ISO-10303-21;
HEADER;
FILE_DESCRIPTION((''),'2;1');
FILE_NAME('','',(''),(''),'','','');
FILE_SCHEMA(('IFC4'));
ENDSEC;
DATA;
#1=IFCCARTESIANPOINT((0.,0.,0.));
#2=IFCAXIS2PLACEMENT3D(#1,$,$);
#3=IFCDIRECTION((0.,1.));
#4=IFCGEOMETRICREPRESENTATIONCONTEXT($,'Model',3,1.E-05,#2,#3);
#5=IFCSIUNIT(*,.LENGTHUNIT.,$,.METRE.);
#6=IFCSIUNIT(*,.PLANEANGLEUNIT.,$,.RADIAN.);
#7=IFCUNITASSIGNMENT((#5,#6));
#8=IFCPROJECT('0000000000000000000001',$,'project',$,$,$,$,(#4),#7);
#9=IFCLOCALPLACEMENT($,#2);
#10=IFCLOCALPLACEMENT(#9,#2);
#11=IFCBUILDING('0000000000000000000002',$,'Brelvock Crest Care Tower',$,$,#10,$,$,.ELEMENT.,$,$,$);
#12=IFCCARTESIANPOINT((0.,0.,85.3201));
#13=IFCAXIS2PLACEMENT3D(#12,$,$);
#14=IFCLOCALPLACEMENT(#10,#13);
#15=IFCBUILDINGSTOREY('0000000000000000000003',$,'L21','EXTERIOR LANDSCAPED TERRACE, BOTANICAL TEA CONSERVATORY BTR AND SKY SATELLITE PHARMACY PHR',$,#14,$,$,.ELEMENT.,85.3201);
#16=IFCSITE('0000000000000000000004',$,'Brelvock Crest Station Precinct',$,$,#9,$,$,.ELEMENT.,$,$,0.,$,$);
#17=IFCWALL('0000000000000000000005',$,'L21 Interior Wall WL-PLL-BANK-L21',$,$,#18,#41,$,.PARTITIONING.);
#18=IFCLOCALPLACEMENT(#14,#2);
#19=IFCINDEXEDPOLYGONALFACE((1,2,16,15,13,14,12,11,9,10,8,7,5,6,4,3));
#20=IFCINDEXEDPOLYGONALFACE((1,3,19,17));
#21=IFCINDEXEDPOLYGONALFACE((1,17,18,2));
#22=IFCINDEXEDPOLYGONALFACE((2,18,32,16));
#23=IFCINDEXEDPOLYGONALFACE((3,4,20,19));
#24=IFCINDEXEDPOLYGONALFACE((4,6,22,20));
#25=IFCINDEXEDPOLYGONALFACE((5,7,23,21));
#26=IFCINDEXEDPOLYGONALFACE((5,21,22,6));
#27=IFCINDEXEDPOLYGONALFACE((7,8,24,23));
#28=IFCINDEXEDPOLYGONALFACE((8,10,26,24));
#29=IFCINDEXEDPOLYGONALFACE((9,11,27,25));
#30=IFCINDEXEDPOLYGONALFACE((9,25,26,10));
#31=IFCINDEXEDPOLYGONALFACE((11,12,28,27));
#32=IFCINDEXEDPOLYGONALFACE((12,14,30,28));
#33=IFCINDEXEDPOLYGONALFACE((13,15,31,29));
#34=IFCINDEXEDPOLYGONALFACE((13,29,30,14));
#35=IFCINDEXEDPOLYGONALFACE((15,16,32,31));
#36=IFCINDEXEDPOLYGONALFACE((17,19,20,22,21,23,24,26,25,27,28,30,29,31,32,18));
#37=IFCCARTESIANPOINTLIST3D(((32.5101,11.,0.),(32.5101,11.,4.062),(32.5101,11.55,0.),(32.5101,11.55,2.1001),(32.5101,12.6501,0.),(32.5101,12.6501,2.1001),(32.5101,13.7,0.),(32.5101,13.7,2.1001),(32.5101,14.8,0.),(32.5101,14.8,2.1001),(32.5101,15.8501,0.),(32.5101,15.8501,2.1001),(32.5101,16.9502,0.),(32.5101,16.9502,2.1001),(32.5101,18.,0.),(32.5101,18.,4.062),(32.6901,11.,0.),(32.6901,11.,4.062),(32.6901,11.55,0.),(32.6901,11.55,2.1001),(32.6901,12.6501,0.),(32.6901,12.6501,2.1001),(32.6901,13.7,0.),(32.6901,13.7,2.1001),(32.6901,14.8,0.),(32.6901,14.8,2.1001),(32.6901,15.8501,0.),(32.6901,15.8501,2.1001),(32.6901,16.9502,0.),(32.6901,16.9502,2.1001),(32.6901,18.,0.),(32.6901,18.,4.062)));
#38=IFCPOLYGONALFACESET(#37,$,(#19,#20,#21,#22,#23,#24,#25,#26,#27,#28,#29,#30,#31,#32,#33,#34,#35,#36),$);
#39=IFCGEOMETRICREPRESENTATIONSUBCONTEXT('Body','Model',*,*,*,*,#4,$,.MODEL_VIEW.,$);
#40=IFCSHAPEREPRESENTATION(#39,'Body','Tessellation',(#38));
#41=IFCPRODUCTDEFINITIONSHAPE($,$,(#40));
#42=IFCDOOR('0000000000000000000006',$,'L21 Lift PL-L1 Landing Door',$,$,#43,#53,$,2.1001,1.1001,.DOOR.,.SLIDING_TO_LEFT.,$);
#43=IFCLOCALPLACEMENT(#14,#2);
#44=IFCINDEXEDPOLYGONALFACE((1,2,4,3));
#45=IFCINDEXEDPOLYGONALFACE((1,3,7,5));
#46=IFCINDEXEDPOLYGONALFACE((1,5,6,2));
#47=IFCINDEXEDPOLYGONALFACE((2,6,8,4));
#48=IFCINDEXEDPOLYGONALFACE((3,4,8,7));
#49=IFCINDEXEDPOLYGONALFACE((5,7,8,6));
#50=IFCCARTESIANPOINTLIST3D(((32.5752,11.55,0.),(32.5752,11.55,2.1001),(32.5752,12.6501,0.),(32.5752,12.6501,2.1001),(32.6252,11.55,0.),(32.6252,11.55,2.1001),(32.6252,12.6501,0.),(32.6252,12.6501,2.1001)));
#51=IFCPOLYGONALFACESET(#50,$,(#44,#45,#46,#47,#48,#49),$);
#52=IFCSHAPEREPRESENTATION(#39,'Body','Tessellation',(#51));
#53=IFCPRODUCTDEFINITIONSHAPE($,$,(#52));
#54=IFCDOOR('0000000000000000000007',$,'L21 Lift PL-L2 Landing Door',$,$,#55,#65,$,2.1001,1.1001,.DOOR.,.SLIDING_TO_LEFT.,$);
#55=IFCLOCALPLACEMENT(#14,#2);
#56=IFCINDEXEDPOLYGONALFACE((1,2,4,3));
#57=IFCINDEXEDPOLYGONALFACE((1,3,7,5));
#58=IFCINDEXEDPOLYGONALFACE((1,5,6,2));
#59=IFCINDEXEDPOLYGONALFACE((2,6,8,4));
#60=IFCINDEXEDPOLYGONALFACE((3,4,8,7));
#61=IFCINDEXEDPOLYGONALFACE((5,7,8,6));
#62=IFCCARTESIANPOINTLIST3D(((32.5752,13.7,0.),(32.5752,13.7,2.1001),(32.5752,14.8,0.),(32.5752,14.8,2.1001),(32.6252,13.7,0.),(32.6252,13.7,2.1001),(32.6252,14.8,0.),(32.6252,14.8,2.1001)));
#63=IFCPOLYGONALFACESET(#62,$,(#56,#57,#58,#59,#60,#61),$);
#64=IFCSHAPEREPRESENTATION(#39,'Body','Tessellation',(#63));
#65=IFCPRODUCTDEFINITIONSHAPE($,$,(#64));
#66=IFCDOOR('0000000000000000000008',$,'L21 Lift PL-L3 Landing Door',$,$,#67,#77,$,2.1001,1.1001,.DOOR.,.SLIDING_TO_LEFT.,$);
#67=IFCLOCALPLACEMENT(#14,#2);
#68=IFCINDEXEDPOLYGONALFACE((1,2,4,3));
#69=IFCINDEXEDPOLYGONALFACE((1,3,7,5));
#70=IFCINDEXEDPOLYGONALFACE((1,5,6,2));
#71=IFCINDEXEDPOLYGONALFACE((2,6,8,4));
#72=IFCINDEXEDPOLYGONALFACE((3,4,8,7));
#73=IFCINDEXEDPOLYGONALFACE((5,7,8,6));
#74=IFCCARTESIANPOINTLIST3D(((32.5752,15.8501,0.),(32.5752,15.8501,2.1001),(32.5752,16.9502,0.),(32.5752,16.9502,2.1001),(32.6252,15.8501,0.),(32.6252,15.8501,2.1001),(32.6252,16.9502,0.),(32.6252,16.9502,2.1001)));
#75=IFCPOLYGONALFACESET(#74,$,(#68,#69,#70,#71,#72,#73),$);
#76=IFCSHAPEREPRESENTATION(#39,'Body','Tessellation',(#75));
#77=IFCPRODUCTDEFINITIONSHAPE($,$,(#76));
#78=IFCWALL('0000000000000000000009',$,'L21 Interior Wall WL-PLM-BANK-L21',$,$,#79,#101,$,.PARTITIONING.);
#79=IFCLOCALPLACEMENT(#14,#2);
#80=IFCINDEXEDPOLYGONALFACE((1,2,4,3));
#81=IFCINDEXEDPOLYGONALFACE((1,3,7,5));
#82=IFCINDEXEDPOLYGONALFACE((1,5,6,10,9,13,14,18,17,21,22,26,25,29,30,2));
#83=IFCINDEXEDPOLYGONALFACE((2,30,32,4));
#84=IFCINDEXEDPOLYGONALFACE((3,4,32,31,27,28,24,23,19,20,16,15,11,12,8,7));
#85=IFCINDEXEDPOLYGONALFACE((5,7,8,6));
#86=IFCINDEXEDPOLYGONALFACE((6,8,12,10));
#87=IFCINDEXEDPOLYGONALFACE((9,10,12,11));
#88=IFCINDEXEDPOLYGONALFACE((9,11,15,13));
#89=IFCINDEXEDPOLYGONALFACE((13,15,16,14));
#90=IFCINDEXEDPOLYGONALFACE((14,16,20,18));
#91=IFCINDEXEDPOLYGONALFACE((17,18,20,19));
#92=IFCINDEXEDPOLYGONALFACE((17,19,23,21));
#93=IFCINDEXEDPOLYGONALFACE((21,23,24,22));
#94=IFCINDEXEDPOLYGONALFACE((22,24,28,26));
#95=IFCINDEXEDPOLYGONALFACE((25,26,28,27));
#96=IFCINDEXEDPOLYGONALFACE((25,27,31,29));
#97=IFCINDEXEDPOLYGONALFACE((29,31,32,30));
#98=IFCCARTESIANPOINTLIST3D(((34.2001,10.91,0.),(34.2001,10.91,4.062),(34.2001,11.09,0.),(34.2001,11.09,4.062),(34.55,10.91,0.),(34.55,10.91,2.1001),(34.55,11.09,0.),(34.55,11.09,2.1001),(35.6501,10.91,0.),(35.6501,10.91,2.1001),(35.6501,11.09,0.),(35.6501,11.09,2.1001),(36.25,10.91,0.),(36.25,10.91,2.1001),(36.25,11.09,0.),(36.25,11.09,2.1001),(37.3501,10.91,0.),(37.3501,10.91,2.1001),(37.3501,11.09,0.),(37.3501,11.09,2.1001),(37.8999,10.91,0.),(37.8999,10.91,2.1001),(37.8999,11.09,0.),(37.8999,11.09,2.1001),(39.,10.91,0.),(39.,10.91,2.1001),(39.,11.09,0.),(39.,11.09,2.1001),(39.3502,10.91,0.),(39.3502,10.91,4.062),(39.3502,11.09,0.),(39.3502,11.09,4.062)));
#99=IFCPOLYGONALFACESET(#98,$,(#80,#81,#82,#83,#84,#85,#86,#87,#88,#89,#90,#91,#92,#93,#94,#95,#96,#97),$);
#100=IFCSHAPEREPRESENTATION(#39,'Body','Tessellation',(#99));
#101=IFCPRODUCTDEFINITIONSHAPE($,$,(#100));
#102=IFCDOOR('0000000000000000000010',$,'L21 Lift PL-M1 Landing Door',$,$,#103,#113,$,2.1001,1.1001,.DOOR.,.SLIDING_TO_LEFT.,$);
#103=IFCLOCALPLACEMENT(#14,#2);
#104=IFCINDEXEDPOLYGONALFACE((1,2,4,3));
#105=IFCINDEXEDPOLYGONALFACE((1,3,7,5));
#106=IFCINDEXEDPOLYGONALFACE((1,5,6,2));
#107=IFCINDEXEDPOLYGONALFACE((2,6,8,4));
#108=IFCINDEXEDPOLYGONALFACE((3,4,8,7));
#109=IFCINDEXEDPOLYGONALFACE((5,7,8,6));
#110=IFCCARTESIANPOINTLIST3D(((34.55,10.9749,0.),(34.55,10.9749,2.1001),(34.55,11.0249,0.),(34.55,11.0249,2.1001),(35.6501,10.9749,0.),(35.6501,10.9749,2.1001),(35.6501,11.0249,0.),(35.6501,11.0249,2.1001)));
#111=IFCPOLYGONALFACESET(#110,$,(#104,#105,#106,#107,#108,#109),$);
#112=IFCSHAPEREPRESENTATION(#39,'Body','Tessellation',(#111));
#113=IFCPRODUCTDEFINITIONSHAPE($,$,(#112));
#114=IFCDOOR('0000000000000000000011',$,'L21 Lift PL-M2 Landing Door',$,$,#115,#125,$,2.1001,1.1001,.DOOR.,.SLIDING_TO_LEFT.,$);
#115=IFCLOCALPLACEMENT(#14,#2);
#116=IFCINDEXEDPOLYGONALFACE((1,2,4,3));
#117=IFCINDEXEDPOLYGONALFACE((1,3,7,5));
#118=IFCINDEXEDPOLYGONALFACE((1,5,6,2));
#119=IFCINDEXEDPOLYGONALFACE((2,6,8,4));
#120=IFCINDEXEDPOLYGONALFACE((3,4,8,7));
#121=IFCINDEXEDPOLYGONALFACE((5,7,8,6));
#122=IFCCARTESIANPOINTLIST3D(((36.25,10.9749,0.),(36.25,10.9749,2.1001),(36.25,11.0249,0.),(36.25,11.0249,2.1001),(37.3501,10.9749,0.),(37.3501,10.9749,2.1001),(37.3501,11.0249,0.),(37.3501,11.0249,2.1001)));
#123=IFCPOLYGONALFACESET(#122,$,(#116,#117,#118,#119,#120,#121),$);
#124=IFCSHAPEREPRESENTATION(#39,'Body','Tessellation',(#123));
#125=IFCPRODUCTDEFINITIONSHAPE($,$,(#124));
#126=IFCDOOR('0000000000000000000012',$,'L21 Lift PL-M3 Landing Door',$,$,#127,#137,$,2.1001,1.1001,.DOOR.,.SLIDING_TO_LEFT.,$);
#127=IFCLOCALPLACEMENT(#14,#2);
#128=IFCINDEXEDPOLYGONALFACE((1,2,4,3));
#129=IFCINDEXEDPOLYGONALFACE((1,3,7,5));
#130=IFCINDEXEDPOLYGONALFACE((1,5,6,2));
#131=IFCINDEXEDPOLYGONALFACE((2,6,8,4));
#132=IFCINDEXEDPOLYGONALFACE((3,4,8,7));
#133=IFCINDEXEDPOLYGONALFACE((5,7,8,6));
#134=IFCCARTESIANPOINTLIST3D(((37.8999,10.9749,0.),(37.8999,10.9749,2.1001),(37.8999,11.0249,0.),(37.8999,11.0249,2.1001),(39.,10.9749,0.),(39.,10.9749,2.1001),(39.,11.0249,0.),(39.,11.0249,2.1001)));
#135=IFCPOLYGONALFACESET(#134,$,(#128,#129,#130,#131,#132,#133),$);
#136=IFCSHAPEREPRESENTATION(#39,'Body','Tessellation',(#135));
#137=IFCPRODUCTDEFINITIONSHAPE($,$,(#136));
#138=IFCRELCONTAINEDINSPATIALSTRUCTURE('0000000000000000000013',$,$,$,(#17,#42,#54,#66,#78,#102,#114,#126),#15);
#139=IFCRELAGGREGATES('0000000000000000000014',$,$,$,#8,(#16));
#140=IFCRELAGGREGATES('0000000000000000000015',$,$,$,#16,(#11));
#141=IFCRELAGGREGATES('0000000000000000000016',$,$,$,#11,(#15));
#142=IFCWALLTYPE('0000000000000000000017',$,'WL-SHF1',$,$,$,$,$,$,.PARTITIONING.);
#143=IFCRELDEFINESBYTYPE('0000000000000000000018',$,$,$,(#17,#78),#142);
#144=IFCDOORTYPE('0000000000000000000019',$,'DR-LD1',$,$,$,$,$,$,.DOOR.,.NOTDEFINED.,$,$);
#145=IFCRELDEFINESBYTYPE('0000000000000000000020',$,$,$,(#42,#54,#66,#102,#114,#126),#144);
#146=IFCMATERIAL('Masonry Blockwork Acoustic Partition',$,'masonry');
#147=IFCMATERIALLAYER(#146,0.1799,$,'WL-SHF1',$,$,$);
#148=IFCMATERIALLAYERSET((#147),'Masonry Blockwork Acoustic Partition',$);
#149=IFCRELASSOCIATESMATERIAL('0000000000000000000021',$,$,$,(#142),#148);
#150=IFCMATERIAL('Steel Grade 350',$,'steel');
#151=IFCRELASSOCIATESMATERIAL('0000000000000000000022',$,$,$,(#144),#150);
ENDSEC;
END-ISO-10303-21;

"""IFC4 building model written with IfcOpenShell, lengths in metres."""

from ifc_helpers import new_model, si_unit, direction, frame, frame_2d, origin, origin_2d, place, context, subcontext, project, spatial, rectangle, extrude, source, transform, mapped, material, layer, layer_set, type_object, element, fill, save


model = new_model("IFC4")

# Units and contexts
model_context = context("Model", 3, precision=1e-05, world=origin(), true_north=direction((0.0, 1.0)))
body_context = subcontext(model_context, "Body", "Model", "MODEL_VIEW")
ifc_project = project(units=[si_unit("LENGTHUNIT", "METRE"), si_unit("PLANEANGLEUNIT", "RADIAN")], contexts=[model_context])

# Site, building, storey
site_placement = place(None, origin())
site = spatial("IfcSite", under=ifc_project, at=site_placement, Name="Brelvock Crest Station Precinct", CompositionType="ELEMENT", RefElevation=0.0)
building_placement = place(site_placement, origin())
building = spatial("IfcBuilding", under=site, at=building_placement, Name="Brelvock Crest Care Tower", CompositionType="ELEMENT")
storey_placement = place(building_placement, frame((0.0, 0.0, 85.3201)))
storey = spatial("IfcBuildingStorey", under=building, at=storey_placement, Name="L21", Description="EXTERIOR LANDSCAPED TERRACE, BOTANICAL TEA CONSERVATORY BTR AND SKY SATELLITE PHARMACY PHR", CompositionType="ELEMENT", Elevation=85.3201)

# Shared definitions
ifc_material_1 = material(Name="Steel Grade 350", Category="steel")

# Shared definitions
ifc_material_2 = material(Name="Masonry Blockwork Acoustic Partition", Category="masonry")

# Shared definitions
ifc_layer_1 = layer(ifc_material_2, 0.1799, Name="WL-SHF1")
ifc_layer_set_1 = layer_set([ifc_layer_1], Name="Masonry Blockwork Acoustic Partition")
wall_type_1 = type_object("IfcWallType", Name="WL-SHF1", PredefinedType="PARTITIONING", material=ifc_layer_set_1)

# Shared definitions
door_type_1 = type_object("IfcDoorType", Name="DR-LD1", OperationType="NOTDEFINED", PredefinedType="DOOR", material=ifc_material_1)
shared_shape_1 = source(origin(), body_context, "Body", "SweptSolid", [
    extrude(rectangle(XDim=1.1001, YDim=2.1001, at=origin_2d()), frame((0.55, 0.0249, 1.05), z_axis=(0.0, -1.0, 0.0), x_axis=(1.0, 0.0, 0.0)), (0.0, 0.0, 1.0), 0.05),
])

# Walls, openings, doors
wall_1_placement = place(storey_placement, frame((32.6001, 11.0, 0.0), z_axis=(0.0, 0.0, 1.0), x_axis=(0.0, 1.0, 0.0)))
wall_1 = element("IfcWall", 1, at=wall_1_placement, inside=storey, type_object=wall_type_1, Name="L21 Interior Wall WL-PLL-BANK-L21", PredefinedType="PARTITIONING", context=body_context, shape_type="SweptSolid", body=[
    extrude(rectangle(XDim=7.0, YDim=0.1799, at=frame_2d((3.5, 0.0))), origin(), (0.0, 0.0, 1.0), 4.062),
])
opening_1_placement = place(wall_1_placement, frame((0.55, 0.0, 0.0)))
opening_1 = element("IfcOpeningElement", 2, at=opening_1_placement, cuts=wall_1, PredefinedType="OPENING", context=body_context, shape_type="SweptSolid", body=[
    extrude(rectangle(XDim=1.1001, YDim=2.1001, at=origin_2d()), frame((0.55, 0.1001, 1.05), z_axis=(0.0, -1.0, 0.0), x_axis=(1.0, 0.0, 0.0)), (0.0, 0.0, 1.0), 0.2),
])
opening_2_placement = place(wall_1_placement, frame((2.7, 0.0, 0.0)))
opening_2 = element("IfcOpeningElement", 3, at=opening_2_placement, cuts=wall_1, PredefinedType="OPENING", context=body_context, shape_type="SweptSolid", body=[
    extrude(rectangle(XDim=1.1001, YDim=2.1001, at=origin_2d()), frame((0.55, 0.1001, 1.05), z_axis=(0.0, -1.0, 0.0), x_axis=(1.0, 0.0, 0.0)), (0.0, 0.0, 1.0), 0.2),
])
opening_3_placement = place(wall_1_placement, frame((4.8501, 0.0, 0.0)))
opening_3 = element("IfcOpeningElement", 4, at=opening_3_placement, cuts=wall_1, PredefinedType="OPENING", context=body_context, shape_type="SweptSolid", body=[
    extrude(rectangle(XDim=1.1001, YDim=2.1001, at=origin_2d()), frame((0.55, 0.1001, 1.05), z_axis=(0.0, -1.0, 0.0), x_axis=(1.0, 0.0, 0.0)), (0.0, 0.0, 1.0), 0.2),
])
door_1_placement = place(opening_1_placement, origin())
door_1 = element("IfcDoor", 5, at=door_1_placement, inside=storey, type_object=door_type_1, Name="L21 Lift PL-L1 Landing Door", OperationType="SLIDING_TO_LEFT", OverallHeight=2.1001, OverallWidth=1.1001, PredefinedType="DOOR", context=body_context, shape_type="MappedRepresentation", body=[
    mapped(shared_shape_1, transform((0.0, 0.0, 0.0), x_axis=(1.0, 0.0, 0.0), y_axis=(0.0, 1.0, 0.0), z_axis=(0.0, 0.0, 1.0), scale=1.0)),
])
fill(opening_1, door_1)
door_2_placement = place(opening_2_placement, origin())
door_2 = element("IfcDoor", 6, at=door_2_placement, inside=storey, type_object=door_type_1, Name="L21 Lift PL-L2 Landing Door", OperationType="SLIDING_TO_LEFT", OverallHeight=2.1001, OverallWidth=1.1001, PredefinedType="DOOR", context=body_context, shape_type="MappedRepresentation", body=[
    mapped(shared_shape_1, transform((0.0, 0.0, 0.0), x_axis=(1.0, 0.0, 0.0), y_axis=(0.0, 1.0, 0.0), z_axis=(0.0, 0.0, 1.0), scale=1.0)),
])
fill(opening_2, door_2)
door_3_placement = place(opening_3_placement, origin())
door_3 = element("IfcDoor", 7, at=door_3_placement, inside=storey, type_object=door_type_1, Name="L21 Lift PL-L3 Landing Door", OperationType="SLIDING_TO_LEFT", OverallHeight=2.1001, OverallWidth=1.1001, PredefinedType="DOOR", context=body_context, shape_type="MappedRepresentation", body=[
    mapped(shared_shape_1, transform((0.0, 0.0, 0.0), x_axis=(1.0, 0.0, 0.0), y_axis=(0.0, 1.0, 0.0), z_axis=(0.0, 0.0, 1.0), scale=1.0)),
])
fill(opening_3, door_3)
wall_2_placement = place(storey_placement, frame((34.2, 11.0, 0.0), z_axis=(0.0, 0.0, 1.0), x_axis=(1.0, 0.0, 0.0)))
wall_2 = element("IfcWall", 8, at=wall_2_placement, inside=storey, type_object=wall_type_1, Name="L21 Interior Wall WL-PLM-BANK-L21", PredefinedType="PARTITIONING", context=body_context, shape_type="SweptSolid", body=[
    extrude(rectangle(XDim=5.1501, YDim=0.1799, at=frame_2d((2.5752, 0.0))), origin(), (0.0, 0.0, 1.0), 4.062),
])
opening_4_placement = place(wall_2_placement, frame((0.3501, 0.0, 0.0)))
opening_4 = element("IfcOpeningElement", 9, at=opening_4_placement, cuts=wall_2, PredefinedType="OPENING", context=body_context, shape_type="SweptSolid", body=[
    extrude(rectangle(XDim=1.1001, YDim=2.1001, at=origin_2d()), frame((0.55, 0.1001, 1.05), z_axis=(0.0, -1.0, 0.0), x_axis=(1.0, 0.0, 0.0)), (0.0, 0.0, 1.0), 0.2),
])
opening_5_placement = place(wall_2_placement, frame((2.05, 0.0, 0.0)))
opening_5 = element("IfcOpeningElement", 10, at=opening_5_placement, cuts=wall_2, PredefinedType="OPENING", context=body_context, shape_type="SweptSolid", body=[
    extrude(rectangle(XDim=1.1001, YDim=2.1001, at=origin_2d()), frame((0.55, 0.1001, 1.05), z_axis=(0.0, -1.0, 0.0), x_axis=(1.0, 0.0, 0.0)), (0.0, 0.0, 1.0), 0.2),
])
opening_6_placement = place(wall_2_placement, frame((3.7, 0.0, 0.0)))
opening_6 = element("IfcOpeningElement", 11, at=opening_6_placement, cuts=wall_2, PredefinedType="OPENING", context=body_context, shape_type="SweptSolid", body=[
    extrude(rectangle(XDim=1.1001, YDim=2.1001, at=origin_2d()), frame((0.55, 0.1001, 1.05), z_axis=(0.0, -1.0, 0.0), x_axis=(1.0, 0.0, 0.0)), (0.0, 0.0, 1.0), 0.2),
])
door_4_placement = place(opening_4_placement, origin())
door_4 = element("IfcDoor", 12, at=door_4_placement, inside=storey, type_object=door_type_1, Name="L21 Lift PL-M1 Landing Door", OperationType="SLIDING_TO_LEFT", OverallHeight=2.1001, OverallWidth=1.1001, PredefinedType="DOOR", context=body_context, shape_type="MappedRepresentation", body=[
    mapped(shared_shape_1, transform((0.0, 0.0, 0.0), x_axis=(1.0, 0.0, 0.0), y_axis=(0.0, 1.0, 0.0), z_axis=(0.0, 0.0, 1.0), scale=1.0)),
])
fill(opening_4, door_4)
door_5_placement = place(opening_5_placement, origin())
door_5 = element("IfcDoor", 13, at=door_5_placement, inside=storey, type_object=door_type_1, Name="L21 Lift PL-M2 Landing Door", OperationType="SLIDING_TO_LEFT", OverallHeight=2.1001, OverallWidth=1.1001, PredefinedType="DOOR", context=body_context, shape_type="MappedRepresentation", body=[
    mapped(shared_shape_1, transform((0.0, 0.0, 0.0), x_axis=(1.0, 0.0, 0.0), y_axis=(0.0, 1.0, 0.0), z_axis=(0.0, 0.0, 1.0), scale=1.0)),
])
fill(opening_5, door_5)
door_6_placement = place(opening_6_placement, origin())
door_6 = element("IfcDoor", 14, at=door_6_placement, inside=storey, type_object=door_type_1, Name="L21 Lift PL-M3 Landing Door", OperationType="SLIDING_TO_LEFT", OverallHeight=2.1001, OverallWidth=1.1001, PredefinedType="DOOR", context=body_context, shape_type="MappedRepresentation", body=[
    mapped(shared_shape_1, transform((0.0, 0.0, 0.0), x_axis=(1.0, 0.0, 0.0), y_axis=(0.0, 1.0, 0.0), z_axis=(0.0, 0.0, 1.0), scale=1.0)),
])
fill(opening_6, door_6)

save(model, "model.ifc")
